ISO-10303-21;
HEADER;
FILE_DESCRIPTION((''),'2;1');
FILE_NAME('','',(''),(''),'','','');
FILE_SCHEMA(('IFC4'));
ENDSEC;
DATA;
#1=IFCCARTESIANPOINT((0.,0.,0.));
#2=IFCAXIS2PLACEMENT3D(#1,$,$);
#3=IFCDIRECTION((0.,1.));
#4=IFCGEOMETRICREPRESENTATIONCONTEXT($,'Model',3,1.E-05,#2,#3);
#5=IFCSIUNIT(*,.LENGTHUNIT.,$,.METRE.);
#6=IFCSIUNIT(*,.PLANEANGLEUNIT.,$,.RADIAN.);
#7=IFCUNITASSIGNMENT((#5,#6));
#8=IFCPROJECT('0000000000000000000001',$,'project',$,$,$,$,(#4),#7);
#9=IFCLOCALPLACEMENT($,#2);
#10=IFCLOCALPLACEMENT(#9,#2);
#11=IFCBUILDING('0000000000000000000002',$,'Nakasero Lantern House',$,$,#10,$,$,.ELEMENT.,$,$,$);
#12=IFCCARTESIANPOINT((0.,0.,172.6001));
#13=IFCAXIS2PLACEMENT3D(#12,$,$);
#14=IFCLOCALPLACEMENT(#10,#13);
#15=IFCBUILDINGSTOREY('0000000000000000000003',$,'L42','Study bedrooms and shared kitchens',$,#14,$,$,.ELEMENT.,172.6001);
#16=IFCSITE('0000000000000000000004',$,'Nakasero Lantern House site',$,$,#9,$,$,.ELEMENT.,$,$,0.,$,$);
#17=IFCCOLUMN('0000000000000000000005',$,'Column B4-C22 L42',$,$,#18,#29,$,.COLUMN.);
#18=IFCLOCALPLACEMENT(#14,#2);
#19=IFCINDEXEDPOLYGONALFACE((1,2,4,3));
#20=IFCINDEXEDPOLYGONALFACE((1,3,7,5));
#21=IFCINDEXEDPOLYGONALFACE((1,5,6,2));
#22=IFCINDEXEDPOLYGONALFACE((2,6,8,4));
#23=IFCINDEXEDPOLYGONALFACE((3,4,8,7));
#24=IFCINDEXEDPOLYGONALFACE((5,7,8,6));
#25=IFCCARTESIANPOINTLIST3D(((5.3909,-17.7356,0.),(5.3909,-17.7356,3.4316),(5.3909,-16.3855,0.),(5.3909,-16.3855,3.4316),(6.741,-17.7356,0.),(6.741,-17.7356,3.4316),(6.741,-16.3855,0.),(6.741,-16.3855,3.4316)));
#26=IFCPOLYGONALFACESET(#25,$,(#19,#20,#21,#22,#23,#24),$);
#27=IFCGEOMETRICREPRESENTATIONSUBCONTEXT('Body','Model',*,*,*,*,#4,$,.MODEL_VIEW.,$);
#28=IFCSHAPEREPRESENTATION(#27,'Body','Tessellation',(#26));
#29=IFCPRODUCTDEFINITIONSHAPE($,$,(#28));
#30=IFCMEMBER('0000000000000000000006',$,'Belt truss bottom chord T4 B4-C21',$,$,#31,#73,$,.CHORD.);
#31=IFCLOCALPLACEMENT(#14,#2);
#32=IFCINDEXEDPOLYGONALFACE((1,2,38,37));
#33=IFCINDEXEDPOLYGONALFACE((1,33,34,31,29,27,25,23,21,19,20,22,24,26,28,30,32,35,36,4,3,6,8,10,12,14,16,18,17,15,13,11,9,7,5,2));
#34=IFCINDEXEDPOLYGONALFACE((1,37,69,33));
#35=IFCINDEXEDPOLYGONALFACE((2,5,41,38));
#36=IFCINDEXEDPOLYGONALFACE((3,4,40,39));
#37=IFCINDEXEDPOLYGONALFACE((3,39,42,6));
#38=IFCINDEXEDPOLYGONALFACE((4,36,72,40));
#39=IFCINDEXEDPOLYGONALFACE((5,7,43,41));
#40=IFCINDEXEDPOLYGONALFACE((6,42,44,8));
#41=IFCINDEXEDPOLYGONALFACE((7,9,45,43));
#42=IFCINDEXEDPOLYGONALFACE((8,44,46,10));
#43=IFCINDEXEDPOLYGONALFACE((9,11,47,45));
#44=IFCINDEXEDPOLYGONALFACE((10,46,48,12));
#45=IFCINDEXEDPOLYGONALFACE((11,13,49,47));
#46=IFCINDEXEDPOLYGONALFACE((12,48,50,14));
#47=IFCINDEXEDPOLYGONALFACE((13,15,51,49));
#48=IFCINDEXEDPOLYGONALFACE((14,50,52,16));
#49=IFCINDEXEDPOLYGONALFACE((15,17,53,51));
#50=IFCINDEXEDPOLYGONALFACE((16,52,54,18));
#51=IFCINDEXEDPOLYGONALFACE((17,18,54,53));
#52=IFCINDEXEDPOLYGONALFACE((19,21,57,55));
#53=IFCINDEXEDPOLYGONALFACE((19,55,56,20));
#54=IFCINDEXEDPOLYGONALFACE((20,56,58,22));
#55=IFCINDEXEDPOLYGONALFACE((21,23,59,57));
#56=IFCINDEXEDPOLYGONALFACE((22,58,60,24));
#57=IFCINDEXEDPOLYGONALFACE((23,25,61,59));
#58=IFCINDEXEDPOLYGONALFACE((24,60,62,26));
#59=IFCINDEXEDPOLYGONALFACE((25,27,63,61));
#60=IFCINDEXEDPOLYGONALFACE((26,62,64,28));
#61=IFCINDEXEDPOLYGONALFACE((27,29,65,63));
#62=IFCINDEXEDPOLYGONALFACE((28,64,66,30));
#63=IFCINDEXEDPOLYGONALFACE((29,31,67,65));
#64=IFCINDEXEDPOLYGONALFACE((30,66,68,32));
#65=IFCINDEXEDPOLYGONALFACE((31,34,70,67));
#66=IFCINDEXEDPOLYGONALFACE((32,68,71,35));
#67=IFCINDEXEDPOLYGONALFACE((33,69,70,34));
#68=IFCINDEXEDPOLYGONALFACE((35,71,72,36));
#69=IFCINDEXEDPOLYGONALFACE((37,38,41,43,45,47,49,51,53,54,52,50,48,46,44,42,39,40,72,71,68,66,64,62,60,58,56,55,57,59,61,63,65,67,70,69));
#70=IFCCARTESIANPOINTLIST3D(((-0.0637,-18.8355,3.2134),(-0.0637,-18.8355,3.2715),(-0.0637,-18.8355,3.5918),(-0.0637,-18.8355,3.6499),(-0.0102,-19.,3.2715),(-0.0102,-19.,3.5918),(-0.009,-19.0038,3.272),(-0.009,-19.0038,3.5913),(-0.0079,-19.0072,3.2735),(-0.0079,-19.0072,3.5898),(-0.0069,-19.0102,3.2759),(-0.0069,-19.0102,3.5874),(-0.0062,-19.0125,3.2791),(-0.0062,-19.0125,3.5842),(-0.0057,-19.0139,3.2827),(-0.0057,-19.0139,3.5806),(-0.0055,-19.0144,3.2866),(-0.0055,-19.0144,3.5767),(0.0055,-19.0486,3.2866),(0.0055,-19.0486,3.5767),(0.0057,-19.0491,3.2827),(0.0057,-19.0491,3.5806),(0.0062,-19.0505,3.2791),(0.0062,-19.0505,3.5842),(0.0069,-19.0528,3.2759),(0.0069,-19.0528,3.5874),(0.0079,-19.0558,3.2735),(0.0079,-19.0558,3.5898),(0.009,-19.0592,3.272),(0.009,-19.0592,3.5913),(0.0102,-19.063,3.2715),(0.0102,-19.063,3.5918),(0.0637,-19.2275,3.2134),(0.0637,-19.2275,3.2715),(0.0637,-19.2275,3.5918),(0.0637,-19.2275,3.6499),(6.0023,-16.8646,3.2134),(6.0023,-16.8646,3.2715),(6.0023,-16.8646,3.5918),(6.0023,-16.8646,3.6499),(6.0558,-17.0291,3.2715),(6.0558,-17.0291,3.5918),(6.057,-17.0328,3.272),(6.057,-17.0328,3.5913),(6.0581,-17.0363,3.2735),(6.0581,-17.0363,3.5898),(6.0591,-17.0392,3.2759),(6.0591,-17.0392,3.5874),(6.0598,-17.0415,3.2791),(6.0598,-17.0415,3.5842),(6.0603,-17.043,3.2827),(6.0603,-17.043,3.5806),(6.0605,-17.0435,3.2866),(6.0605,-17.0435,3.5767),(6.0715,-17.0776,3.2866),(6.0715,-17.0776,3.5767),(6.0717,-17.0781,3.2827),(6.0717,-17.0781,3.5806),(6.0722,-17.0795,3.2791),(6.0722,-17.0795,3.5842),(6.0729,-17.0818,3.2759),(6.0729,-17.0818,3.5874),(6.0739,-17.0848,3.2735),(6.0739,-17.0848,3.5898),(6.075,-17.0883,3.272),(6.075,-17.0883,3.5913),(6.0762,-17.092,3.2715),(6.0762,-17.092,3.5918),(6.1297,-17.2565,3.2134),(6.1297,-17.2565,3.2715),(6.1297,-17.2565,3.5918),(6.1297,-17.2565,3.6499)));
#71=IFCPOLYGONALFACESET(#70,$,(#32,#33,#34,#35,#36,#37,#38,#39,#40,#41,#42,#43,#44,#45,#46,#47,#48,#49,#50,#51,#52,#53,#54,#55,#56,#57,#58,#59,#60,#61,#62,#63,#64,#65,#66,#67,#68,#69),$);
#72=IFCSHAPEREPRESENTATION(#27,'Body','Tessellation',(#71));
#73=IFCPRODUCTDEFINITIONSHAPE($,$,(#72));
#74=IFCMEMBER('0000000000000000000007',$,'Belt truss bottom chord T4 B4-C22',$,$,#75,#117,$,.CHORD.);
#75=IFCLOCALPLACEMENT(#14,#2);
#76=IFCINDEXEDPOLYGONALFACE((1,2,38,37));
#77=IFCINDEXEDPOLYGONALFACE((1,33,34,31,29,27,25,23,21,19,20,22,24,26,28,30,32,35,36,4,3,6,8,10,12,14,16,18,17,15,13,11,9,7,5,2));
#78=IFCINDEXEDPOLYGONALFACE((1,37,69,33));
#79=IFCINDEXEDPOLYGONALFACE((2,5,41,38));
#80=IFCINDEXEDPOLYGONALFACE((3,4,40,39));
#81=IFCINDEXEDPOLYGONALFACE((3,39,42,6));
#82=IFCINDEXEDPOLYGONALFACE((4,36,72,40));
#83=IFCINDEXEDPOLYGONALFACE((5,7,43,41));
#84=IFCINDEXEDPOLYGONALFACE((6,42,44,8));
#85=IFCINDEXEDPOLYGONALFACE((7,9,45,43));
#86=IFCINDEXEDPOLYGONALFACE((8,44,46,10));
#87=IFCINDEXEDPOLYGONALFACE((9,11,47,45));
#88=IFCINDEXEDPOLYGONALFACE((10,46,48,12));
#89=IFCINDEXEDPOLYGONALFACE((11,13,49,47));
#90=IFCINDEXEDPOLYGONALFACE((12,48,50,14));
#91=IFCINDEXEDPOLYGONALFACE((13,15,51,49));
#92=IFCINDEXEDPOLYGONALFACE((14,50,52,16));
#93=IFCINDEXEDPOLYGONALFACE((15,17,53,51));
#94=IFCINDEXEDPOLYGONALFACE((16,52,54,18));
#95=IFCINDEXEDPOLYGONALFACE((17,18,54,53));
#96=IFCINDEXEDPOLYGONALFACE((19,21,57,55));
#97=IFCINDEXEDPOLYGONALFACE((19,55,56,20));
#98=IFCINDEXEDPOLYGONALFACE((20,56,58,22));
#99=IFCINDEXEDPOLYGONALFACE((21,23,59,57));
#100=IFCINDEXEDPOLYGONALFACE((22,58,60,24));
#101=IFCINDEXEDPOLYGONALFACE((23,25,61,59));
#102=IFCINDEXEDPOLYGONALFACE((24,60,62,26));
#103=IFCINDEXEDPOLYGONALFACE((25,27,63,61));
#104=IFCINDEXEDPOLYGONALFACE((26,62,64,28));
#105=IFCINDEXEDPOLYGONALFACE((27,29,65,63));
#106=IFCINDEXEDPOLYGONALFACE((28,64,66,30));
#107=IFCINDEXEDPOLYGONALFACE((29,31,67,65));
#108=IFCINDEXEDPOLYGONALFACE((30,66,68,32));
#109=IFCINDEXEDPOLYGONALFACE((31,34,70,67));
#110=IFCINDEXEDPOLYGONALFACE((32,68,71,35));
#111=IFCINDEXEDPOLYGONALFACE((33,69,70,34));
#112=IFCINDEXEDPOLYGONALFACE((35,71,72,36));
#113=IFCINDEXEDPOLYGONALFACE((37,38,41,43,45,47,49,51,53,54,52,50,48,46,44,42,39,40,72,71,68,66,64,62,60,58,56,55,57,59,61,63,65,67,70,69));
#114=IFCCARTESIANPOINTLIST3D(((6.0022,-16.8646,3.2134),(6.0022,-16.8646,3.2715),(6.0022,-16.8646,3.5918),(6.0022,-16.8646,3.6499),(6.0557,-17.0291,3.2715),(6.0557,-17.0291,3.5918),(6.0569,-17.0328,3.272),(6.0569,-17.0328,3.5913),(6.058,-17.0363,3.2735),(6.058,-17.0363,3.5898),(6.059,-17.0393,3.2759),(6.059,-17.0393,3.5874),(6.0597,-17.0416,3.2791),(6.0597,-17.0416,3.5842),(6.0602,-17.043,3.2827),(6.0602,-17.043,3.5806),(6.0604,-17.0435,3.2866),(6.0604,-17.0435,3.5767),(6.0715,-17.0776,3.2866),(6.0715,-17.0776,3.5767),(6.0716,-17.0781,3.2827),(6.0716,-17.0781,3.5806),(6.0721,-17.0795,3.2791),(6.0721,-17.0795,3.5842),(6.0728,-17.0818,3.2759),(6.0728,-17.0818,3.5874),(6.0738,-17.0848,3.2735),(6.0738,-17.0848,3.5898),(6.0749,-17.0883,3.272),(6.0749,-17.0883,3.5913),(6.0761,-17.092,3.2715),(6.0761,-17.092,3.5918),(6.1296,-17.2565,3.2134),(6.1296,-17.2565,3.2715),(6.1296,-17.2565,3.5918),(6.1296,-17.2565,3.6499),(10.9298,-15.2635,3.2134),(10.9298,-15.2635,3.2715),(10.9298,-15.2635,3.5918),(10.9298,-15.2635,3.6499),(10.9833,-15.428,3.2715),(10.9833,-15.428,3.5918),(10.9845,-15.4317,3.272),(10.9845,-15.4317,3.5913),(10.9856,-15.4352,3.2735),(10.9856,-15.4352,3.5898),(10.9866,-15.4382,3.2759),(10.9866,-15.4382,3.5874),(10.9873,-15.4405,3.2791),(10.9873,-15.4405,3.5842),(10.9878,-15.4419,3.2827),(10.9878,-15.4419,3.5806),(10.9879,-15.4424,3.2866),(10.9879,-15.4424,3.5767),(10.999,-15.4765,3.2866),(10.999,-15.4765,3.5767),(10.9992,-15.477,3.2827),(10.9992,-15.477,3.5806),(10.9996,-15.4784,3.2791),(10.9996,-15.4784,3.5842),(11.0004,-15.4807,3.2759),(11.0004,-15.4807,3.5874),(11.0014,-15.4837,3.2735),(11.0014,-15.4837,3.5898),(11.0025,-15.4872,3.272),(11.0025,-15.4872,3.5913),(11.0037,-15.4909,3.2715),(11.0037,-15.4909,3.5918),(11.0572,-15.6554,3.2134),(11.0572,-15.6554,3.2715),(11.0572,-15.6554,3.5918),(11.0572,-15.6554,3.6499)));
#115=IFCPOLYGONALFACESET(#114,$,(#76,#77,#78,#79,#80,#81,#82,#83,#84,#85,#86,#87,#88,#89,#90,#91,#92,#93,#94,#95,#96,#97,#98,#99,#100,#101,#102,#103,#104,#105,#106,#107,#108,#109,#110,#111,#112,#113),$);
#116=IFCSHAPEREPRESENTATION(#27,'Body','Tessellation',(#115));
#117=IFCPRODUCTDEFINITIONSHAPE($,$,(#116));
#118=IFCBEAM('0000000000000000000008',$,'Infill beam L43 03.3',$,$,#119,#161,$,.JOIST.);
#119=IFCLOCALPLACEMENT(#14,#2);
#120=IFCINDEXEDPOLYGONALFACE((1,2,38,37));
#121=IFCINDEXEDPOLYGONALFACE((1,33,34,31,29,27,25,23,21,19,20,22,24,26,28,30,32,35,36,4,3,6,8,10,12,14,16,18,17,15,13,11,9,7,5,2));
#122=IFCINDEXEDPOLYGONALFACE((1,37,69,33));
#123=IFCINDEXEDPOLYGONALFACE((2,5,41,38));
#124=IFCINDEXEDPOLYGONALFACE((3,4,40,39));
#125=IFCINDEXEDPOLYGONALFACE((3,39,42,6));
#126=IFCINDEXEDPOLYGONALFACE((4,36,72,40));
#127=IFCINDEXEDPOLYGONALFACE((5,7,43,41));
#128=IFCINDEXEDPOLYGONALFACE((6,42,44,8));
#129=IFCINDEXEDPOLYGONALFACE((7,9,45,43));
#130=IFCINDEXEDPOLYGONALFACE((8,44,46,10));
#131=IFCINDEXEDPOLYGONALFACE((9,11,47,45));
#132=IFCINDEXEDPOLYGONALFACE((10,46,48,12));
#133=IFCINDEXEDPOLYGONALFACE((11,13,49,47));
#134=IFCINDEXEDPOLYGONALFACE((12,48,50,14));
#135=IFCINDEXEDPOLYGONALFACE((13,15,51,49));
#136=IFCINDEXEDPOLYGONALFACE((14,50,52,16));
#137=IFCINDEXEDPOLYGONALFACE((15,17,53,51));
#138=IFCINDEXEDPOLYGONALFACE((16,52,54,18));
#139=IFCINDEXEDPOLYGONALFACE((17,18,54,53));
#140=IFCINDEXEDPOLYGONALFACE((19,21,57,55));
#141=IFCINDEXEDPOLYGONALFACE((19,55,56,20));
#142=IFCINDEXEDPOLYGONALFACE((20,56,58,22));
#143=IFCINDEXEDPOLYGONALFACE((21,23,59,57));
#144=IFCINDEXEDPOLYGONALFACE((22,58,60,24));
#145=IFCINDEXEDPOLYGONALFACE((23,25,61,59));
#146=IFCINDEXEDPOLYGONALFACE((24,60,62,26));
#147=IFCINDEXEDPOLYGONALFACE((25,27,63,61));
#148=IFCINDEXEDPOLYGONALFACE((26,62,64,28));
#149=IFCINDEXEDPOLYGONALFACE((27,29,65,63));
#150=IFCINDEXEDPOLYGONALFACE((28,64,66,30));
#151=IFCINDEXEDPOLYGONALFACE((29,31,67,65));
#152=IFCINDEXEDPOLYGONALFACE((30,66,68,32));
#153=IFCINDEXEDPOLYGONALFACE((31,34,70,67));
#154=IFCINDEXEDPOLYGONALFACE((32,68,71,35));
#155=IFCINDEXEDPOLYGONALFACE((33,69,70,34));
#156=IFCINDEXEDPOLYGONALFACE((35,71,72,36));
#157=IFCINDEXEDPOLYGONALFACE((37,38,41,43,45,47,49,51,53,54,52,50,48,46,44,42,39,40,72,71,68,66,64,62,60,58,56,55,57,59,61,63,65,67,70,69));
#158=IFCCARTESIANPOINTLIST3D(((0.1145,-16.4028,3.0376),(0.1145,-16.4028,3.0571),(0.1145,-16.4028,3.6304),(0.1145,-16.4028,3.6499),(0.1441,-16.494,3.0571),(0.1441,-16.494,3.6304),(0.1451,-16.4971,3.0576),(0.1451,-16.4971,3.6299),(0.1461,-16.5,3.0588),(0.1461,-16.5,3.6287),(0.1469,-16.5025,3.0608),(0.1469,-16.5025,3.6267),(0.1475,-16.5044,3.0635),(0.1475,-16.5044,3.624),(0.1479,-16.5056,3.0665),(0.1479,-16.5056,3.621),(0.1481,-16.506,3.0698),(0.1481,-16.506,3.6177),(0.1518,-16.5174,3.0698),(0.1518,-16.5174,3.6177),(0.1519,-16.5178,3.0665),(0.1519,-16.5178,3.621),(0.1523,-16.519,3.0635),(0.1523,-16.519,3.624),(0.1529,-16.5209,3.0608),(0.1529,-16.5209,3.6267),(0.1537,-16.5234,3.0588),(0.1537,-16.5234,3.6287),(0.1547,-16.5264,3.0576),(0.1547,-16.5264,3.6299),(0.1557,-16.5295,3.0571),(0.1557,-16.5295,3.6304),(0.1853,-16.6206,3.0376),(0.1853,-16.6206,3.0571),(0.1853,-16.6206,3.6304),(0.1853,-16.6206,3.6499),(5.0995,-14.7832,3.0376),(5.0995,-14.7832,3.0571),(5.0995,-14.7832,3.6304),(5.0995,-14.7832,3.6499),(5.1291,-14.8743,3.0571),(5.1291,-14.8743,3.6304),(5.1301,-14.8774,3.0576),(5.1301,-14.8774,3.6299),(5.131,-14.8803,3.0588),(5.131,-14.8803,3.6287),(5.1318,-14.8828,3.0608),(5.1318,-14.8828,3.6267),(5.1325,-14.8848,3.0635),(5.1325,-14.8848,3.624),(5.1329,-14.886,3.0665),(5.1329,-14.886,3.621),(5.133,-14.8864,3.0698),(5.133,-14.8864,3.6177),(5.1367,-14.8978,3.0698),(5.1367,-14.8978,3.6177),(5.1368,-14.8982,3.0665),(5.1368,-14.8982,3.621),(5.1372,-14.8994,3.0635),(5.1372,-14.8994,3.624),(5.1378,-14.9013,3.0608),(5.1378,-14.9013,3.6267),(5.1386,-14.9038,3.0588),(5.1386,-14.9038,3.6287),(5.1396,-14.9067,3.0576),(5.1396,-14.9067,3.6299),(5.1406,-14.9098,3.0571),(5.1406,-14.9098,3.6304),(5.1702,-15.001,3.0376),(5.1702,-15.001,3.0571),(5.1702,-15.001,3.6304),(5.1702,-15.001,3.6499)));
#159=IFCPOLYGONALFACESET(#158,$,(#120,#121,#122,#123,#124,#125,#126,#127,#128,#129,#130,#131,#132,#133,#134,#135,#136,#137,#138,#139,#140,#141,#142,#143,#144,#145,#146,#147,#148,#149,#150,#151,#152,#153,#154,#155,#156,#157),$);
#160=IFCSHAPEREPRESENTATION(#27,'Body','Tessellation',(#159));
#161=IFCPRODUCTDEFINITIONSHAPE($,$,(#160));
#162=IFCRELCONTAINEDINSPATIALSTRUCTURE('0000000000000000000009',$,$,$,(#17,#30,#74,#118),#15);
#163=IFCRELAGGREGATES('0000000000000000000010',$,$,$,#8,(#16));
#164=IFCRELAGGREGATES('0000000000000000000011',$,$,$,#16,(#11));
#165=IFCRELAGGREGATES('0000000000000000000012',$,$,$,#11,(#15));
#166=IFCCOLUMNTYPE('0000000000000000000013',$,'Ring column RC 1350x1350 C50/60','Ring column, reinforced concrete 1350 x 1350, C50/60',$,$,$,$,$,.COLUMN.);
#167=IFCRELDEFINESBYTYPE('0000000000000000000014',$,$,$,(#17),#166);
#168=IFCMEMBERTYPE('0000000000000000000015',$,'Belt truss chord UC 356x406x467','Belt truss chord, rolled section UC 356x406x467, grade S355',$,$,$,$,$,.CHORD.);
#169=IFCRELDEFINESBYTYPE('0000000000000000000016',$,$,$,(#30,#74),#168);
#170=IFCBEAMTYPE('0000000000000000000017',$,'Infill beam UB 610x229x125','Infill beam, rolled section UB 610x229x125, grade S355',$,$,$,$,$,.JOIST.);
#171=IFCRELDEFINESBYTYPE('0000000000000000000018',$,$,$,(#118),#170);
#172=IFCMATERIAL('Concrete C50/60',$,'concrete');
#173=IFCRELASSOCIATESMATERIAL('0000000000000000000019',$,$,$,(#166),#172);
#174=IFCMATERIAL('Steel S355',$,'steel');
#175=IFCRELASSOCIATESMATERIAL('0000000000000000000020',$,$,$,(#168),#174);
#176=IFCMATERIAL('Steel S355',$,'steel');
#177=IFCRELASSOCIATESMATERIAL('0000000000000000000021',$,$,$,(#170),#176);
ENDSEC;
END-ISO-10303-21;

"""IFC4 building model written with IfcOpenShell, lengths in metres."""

from ifc_helpers import new_model, si_unit, direction, frame, origin, origin_2d, place, context, subcontext, project, spatial, rectangle, i_section, extrude, material, material_profile, profile_set, type_object, element, save


model = new_model("IFC4")

# Units and contexts
model_context = context("Model", 3, precision=1e-05, world=origin(), true_north=direction((0.0, 1.0)))
body_context = subcontext(model_context, "Body", "Model", "MODEL_VIEW")
ifc_project = project(units=[si_unit("LENGTHUNIT", "METRE"), si_unit("PLANEANGLEUNIT", "RADIAN")], contexts=[model_context])

# Site, building, storey
site_placement = place(None, origin())
site = spatial("IfcSite", under=ifc_project, at=site_placement, Name="Nakasero Lantern House site", CompositionType="ELEMENT", RefElevation=0.0)
building_placement = place(site_placement, origin())
building = spatial("IfcBuilding", under=site, at=building_placement, Name="Nakasero Lantern House", CompositionType="ELEMENT")
storey_placement = place(building_placement, frame((0.0, 0.0, 172.6001)))
storey = spatial("IfcBuildingStorey", under=building, at=storey_placement, Name="L42", Description="Study bedrooms and shared kitchens", CompositionType="ELEMENT", Elevation=172.6001)

# Column
ifc_material_1 = material(Name="Concrete C50/60", Category="concrete")
ifc_material_profile_1 = material_profile(ifc_material_1, rectangle(XDim=1.3501, YDim=1.3501, at=origin_2d()), Name="RC 1350x1350")
ifc_profile_set_1 = profile_set([ifc_material_profile_1], Name="Concrete C50/60")
column_type = type_object("IfcColumnType", Name="Ring column RC 1350x1350 C50/60", Description="Ring column, reinforced concrete 1350 x 1350, C50/60", PredefinedType="COLUMN", material=ifc_profile_set_1)
column_placement = place(storey_placement, frame((6.0659, -17.0605, 0.0), z_axis=(0.0, 0.0, 1.0), x_axis=(1.0, 0.0, 0.0)))
element("IfcColumn", 1, at=column_placement, inside=storey, type_object=column_type, Name="Column B4-C22 L42", PredefinedType="COLUMN", context=body_context, shape_type="SweptSolid", body=[
    extrude(rectangle(XDim=1.3501, YDim=1.3501, at=origin_2d()), origin(), (0.0, 0.0, 1.0), 3.4316),
])

# Members
ifc_material_2 = material(Name="Steel S355", Category="steel")
ifc_material_profile_2 = material_profile(ifc_material_2, i_section(OverallWidth=0.4121, OverallDepth=0.4365, WebThickness=0.0359, FlangeThickness=0.0581, FilletRadius=0.0151, at=origin_2d()), Name="UC 356x406x467")
ifc_profile_set_2 = profile_set([ifc_material_profile_2], Name="Steel S355")
member_type = type_object("IfcMemberType", Name="Belt truss chord UC 356x406x467", Description="Belt truss chord, rolled section UC 356x406x467, grade S355", PredefinedType="CHORD", material=ifc_profile_set_2)
member_1_placement = place(storey_placement, frame((0.0, -19.0315, 3.4316), z_axis=(0.951056, 0.309019, 0.0), x_axis=(-0.309019, 0.951056, 0.0)))
element("IfcMember", 2, at=member_1_placement, inside=storey, type_object=member_type, Name="Belt truss bottom chord T4 B4-C21", PredefinedType="CHORD", context=body_context, shape_type="SweptSolid", body=[
    extrude(i_section(OverallWidth=0.4121, OverallDepth=0.4365, WebThickness=0.0359, FlangeThickness=0.0581, FilletRadius=0.0151, at=origin_2d()), origin(), (0.0, 0.0, 1.0), 6.3782),
])
member_2_placement = place(storey_placement, frame((6.0659, -17.0605, 3.4316), z_axis=(0.951054, 0.309023, 0.0), x_axis=(-0.309023, 0.951054, 0.0)))
element("IfcMember", 3, at=member_2_placement, inside=storey, type_object=member_type, Name="Belt truss bottom chord T4 B4-C22", PredefinedType="CHORD", context=body_context, shape_type="SweptSolid", body=[
    extrude(i_section(OverallWidth=0.4121, OverallDepth=0.4365, WebThickness=0.0359, FlangeThickness=0.0581, FilletRadius=0.0151, at=origin_2d()), origin(), (0.0, 0.0, 1.0), 5.1812),
])

# Beam
ifc_material_3 = material(Name="Steel S355", Category="steel")
ifc_material_profile_3 = material_profile(ifc_material_3, i_section(OverallWidth=0.229, OverallDepth=0.6123, WebThickness=0.012, FlangeThickness=0.0195, FilletRadius=0.0127, at=origin_2d()), Name="UB 610x229x125")
ifc_profile_set_3 = profile_set([ifc_material_profile_3], Name="Steel S355")
beam_type_1 = type_object("IfcBeamType", Name="Infill beam UB 610x229x125", Description="Infill beam, rolled section UB 610x229x125, grade S355", PredefinedType="JOIST", material=ifc_profile_set_3)
beam_1_placement = place(storey_placement, frame((0.1499, -16.5117, 3.3438), z_axis=(0.951059, 0.309008, 0.0), x_axis=(-0.309008, 0.951059, 0.0)))
element("IfcBeam", 4, at=beam_1_placement, inside=storey, type_object=beam_type_1, Name="Infill beam L43 03.3", PredefinedType="JOIST", context=body_context, shape_type="SweptSolid", body=[
    extrude(i_section(OverallWidth=0.229, OverallDepth=0.6123, WebThickness=0.012, FlangeThickness=0.0195, FilletRadius=0.0127, at=origin_2d()), origin(), (0.0, 0.0, 1.0), 5.2415),
])

save(model, "model.ifc")
